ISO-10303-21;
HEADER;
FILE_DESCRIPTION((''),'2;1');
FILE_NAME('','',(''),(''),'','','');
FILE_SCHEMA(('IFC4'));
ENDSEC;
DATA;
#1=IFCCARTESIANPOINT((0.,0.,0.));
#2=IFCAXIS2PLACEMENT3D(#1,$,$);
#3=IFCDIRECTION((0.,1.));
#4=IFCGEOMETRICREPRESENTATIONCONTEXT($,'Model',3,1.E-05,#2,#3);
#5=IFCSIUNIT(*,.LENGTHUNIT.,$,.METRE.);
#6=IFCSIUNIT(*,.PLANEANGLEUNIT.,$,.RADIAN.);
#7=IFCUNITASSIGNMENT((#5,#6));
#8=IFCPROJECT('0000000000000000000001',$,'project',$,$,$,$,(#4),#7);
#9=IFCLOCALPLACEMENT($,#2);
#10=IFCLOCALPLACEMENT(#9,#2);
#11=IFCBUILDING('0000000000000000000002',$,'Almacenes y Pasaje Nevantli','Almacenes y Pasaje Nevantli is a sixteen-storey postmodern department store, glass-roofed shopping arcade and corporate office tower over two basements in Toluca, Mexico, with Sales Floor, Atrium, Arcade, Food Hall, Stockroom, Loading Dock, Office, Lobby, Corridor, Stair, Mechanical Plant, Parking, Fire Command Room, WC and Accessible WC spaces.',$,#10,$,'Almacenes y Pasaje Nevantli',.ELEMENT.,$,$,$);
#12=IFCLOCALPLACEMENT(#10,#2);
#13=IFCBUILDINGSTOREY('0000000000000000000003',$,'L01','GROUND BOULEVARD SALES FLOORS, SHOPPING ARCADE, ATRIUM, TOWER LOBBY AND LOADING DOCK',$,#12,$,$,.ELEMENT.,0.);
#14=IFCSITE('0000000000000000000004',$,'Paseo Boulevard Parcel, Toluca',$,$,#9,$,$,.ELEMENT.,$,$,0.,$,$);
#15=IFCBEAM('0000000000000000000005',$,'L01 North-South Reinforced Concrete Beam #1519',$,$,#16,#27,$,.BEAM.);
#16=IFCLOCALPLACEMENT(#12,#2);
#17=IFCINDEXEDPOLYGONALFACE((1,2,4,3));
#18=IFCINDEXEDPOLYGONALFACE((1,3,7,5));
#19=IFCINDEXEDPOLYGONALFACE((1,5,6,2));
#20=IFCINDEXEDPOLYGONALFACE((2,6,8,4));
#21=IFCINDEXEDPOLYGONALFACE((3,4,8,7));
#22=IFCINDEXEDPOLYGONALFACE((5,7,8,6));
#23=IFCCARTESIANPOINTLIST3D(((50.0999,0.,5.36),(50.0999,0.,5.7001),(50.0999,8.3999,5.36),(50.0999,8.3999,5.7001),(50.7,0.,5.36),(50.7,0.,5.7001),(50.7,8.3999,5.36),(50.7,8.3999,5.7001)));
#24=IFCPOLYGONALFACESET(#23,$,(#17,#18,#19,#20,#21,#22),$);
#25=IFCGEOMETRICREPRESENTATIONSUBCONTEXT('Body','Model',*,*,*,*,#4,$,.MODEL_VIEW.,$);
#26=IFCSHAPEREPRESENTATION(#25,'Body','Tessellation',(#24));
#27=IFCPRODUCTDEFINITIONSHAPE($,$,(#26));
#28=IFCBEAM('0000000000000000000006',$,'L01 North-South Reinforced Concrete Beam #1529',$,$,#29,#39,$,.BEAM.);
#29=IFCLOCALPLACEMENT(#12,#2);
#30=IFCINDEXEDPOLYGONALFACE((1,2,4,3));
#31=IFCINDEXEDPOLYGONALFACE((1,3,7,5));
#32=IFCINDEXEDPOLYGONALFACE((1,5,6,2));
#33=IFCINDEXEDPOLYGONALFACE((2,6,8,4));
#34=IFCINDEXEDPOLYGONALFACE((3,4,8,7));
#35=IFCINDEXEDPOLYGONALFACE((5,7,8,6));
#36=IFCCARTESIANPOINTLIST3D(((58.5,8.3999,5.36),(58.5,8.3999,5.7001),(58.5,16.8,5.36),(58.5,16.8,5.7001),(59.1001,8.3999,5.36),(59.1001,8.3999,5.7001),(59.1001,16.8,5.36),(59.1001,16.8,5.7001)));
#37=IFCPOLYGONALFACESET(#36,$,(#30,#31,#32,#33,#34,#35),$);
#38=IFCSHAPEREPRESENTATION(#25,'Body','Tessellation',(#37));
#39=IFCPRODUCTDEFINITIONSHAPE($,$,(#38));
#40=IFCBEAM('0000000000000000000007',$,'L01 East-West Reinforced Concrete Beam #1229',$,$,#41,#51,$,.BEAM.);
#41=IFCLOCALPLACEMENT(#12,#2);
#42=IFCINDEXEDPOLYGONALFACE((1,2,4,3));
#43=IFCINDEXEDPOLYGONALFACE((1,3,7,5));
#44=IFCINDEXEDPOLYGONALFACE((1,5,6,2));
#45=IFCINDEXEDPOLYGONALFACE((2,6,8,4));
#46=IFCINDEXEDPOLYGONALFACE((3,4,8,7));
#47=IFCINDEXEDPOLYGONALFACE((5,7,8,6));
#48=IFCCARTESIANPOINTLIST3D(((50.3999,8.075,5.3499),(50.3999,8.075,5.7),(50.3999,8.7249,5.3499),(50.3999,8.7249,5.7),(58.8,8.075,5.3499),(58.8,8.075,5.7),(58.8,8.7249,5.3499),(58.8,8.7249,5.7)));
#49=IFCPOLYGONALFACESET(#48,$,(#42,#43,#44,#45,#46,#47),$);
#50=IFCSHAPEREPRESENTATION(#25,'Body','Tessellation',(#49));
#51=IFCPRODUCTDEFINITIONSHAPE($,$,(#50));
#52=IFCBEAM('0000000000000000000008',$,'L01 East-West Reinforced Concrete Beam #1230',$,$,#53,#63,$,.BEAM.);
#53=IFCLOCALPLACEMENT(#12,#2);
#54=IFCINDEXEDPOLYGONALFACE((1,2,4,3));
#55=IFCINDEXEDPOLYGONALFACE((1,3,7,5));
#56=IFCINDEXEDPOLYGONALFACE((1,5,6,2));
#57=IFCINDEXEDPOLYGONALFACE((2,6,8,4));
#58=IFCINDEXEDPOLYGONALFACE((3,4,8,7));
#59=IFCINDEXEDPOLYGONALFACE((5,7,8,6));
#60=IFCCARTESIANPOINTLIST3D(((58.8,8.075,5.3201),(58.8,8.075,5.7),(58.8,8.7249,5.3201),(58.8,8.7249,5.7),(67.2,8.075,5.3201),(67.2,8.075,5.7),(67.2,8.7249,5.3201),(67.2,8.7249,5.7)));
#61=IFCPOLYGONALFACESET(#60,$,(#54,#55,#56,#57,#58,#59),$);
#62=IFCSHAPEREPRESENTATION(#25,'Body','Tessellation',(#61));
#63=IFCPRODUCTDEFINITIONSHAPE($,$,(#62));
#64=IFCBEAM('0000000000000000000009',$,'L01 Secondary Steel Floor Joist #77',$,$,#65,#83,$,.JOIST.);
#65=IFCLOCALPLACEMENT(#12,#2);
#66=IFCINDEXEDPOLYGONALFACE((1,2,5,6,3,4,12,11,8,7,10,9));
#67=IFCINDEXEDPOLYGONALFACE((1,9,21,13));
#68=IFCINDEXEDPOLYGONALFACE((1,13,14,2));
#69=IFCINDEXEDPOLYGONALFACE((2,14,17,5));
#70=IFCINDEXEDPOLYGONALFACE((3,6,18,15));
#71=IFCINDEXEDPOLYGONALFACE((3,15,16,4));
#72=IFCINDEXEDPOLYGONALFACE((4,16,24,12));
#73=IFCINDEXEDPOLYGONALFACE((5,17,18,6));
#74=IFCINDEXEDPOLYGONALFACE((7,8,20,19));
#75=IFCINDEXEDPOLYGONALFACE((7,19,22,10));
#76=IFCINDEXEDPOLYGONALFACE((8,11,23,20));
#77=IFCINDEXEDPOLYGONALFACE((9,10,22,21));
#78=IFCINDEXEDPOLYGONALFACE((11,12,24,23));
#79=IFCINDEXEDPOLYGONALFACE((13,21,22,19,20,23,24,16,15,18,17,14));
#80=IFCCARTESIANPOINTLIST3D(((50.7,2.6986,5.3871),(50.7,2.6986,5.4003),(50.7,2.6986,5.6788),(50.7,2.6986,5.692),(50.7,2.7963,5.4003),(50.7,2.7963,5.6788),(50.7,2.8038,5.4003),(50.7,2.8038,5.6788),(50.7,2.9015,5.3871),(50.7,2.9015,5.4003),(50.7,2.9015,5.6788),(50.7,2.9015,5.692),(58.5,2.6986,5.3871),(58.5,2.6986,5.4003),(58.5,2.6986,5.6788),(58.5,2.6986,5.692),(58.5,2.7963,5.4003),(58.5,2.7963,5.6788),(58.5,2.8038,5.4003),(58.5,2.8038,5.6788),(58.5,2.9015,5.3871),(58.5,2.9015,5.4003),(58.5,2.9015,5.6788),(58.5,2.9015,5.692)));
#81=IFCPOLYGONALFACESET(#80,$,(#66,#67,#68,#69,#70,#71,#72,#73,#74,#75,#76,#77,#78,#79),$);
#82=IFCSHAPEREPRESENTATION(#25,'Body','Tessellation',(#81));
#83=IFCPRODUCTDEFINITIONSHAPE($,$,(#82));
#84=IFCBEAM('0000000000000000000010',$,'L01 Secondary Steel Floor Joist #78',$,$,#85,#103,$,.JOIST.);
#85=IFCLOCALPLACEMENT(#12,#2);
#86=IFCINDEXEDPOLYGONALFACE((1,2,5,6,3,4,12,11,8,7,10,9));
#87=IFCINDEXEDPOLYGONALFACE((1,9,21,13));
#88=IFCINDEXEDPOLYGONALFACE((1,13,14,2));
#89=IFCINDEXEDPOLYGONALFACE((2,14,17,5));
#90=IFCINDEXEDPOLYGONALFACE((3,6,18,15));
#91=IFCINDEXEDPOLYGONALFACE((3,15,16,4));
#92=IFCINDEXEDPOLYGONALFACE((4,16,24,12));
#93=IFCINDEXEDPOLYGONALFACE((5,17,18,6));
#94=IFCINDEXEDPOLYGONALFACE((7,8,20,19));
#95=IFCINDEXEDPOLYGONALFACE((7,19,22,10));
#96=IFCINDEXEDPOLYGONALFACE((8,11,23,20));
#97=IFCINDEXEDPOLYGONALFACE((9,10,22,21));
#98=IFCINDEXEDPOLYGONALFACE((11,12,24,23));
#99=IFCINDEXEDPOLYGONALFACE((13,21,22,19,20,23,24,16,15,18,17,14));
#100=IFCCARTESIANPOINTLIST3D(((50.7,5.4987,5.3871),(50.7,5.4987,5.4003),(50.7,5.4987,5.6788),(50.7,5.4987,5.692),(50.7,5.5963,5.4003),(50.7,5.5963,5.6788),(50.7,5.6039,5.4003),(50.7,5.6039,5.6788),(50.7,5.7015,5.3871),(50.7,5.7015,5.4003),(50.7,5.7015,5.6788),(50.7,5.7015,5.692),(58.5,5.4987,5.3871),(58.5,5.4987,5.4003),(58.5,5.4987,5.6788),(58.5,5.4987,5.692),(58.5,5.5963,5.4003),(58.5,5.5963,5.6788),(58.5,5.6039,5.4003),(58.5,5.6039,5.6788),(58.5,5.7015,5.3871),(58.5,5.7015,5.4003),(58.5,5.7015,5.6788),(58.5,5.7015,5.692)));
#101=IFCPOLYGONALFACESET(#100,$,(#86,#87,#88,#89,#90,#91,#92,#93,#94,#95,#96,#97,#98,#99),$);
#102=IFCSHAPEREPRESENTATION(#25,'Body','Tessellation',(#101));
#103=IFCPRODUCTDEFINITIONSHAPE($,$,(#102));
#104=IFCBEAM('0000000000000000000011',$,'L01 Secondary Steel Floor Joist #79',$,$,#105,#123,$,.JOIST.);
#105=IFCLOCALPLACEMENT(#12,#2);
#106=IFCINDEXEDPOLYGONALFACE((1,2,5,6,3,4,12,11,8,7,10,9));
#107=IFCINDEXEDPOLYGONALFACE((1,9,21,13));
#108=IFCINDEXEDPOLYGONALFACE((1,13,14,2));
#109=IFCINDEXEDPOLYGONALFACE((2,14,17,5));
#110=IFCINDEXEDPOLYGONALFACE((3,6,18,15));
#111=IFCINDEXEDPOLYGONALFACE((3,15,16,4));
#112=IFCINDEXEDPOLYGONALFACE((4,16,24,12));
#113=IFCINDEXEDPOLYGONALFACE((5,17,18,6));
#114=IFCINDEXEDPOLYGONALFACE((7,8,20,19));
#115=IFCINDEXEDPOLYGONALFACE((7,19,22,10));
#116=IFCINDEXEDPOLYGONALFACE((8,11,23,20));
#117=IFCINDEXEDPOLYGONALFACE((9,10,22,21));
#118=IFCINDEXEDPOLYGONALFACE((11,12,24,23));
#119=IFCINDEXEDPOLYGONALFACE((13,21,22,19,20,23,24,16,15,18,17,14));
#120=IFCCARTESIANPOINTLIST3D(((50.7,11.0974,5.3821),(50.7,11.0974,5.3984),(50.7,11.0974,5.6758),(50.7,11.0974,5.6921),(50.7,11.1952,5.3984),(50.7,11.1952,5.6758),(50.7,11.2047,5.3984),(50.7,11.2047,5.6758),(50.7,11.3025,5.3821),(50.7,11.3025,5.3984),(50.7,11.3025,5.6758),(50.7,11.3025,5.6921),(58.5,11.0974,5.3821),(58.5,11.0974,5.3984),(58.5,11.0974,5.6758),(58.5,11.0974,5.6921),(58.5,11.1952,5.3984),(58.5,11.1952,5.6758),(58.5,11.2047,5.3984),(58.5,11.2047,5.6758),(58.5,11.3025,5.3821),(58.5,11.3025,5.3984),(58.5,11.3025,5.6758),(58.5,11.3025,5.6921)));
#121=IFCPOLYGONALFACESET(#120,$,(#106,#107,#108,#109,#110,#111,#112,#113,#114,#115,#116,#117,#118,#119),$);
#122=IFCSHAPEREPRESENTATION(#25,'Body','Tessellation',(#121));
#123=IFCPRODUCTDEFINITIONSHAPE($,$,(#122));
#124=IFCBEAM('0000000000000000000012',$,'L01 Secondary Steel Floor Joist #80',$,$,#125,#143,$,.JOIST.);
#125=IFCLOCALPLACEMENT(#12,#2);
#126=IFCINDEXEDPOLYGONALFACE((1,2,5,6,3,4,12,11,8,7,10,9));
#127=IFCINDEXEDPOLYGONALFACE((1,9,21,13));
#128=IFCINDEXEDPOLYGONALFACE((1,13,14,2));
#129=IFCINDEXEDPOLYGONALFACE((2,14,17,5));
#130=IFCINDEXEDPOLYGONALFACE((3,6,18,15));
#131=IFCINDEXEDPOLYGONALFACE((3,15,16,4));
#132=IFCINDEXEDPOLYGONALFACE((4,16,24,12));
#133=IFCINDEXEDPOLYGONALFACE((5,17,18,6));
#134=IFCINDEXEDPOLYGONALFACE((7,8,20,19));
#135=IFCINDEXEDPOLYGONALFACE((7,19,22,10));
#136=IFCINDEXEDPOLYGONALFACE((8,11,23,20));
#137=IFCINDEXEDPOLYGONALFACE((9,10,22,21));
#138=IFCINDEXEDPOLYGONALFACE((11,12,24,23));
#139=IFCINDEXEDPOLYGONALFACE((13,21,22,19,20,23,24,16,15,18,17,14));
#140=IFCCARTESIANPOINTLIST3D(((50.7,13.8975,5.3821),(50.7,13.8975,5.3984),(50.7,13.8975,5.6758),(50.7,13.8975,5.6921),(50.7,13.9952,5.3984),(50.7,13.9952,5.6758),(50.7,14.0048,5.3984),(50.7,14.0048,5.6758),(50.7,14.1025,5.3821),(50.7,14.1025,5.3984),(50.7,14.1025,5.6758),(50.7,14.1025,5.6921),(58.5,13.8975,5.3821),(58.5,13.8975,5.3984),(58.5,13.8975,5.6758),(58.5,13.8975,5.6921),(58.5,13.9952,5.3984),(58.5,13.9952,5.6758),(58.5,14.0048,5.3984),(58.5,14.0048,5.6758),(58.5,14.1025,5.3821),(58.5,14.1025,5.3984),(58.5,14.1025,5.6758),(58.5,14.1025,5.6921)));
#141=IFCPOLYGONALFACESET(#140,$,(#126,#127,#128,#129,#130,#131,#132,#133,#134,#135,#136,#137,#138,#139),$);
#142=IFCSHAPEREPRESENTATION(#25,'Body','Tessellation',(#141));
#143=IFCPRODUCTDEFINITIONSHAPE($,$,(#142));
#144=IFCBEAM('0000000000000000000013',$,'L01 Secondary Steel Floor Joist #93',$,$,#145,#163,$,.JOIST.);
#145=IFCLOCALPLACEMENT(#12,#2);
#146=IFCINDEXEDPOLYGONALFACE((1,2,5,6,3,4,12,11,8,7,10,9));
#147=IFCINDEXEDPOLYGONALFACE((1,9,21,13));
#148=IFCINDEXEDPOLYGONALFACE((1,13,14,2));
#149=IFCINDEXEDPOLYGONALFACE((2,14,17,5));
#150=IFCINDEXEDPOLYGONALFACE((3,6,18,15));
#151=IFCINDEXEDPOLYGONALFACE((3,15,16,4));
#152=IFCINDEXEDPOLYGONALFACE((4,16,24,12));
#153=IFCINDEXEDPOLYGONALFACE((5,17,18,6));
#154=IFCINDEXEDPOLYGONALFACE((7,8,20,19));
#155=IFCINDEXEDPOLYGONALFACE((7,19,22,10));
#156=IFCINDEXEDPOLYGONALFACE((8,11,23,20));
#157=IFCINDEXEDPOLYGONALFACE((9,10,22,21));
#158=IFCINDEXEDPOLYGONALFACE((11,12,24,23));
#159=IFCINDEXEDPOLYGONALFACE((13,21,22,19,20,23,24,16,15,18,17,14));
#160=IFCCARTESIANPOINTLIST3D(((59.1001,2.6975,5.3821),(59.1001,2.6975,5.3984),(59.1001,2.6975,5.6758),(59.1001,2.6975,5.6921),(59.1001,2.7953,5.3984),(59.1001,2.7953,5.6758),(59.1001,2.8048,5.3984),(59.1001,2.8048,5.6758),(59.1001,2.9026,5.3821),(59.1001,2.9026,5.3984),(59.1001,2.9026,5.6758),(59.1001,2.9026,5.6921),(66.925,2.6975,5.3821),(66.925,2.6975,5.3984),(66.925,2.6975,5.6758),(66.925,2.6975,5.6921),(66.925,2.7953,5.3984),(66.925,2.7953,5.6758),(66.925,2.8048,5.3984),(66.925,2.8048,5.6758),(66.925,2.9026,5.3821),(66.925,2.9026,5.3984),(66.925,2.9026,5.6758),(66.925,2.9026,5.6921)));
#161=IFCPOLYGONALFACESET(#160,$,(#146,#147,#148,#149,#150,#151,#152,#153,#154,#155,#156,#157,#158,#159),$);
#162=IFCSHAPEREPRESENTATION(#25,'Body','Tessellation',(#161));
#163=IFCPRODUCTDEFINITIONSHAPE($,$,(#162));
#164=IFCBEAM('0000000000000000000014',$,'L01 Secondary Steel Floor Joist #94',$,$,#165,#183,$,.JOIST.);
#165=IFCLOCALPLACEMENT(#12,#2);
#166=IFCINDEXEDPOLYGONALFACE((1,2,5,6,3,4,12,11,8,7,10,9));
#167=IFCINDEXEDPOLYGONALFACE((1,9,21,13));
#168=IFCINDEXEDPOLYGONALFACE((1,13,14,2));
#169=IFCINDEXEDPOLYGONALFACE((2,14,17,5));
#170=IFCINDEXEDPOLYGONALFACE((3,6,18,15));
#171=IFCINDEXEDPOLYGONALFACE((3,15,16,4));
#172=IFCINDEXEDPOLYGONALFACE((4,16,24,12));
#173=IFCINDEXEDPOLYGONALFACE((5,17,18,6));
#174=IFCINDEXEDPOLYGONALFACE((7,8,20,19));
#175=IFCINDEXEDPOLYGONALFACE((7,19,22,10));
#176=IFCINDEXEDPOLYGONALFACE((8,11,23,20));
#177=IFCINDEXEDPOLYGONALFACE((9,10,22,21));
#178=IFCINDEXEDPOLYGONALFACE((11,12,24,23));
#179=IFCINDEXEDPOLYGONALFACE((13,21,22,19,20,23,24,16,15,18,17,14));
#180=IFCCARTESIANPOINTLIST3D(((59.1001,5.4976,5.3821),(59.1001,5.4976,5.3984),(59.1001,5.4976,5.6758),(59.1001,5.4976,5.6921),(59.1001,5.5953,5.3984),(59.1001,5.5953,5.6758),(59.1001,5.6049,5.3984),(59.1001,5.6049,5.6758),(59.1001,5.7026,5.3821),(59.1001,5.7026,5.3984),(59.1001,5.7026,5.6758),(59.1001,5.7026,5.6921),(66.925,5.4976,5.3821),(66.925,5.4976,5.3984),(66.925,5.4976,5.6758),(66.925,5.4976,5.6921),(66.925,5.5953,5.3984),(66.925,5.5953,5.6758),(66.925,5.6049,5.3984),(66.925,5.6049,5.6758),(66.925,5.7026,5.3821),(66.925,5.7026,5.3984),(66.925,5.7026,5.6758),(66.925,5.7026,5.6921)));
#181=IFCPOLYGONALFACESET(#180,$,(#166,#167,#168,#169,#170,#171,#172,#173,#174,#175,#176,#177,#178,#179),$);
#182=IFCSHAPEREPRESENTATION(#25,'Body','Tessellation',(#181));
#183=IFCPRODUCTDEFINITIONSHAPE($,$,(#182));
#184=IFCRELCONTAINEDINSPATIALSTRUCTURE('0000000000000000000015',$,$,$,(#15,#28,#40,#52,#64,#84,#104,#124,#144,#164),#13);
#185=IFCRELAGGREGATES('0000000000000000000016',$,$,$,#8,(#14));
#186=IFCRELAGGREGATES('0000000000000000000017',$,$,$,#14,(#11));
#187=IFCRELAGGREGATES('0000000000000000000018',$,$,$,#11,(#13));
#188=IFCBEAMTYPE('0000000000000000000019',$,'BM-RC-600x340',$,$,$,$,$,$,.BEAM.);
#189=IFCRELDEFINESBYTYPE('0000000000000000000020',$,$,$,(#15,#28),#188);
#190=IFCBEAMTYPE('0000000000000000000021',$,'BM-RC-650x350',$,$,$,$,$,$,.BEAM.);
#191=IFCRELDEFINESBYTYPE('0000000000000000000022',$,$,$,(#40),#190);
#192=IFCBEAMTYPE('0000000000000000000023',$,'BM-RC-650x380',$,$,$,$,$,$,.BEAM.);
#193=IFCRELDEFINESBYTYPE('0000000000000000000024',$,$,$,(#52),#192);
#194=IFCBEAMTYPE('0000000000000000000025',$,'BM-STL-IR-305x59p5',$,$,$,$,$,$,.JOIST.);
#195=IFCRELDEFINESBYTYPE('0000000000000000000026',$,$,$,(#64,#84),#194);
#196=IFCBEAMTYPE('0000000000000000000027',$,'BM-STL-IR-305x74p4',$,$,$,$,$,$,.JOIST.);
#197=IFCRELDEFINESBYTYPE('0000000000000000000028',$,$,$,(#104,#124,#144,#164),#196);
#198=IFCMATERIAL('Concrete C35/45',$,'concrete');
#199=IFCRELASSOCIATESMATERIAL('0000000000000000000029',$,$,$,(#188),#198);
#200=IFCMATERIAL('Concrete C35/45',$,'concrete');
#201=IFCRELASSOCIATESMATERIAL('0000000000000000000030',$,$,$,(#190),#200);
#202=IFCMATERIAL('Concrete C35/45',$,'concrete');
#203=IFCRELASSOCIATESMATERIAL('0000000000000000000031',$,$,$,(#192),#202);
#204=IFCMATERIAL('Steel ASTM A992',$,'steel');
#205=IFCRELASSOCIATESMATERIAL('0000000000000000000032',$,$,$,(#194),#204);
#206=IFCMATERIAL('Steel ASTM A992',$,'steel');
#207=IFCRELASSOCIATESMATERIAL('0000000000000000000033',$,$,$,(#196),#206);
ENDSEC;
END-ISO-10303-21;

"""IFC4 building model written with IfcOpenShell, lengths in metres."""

from ifc_helpers import new_model, si_unit, direction, frame, origin, origin_2d, place, context, subcontext, project, spatial, rectangle, i_section, extrude, material, material_profile, profile_set, type_object, element, save


model = new_model("IFC4")

# Units and contexts
model_context = context("Model", 3, precision=1e-05, world=origin(), true_north=direction((0.0, 1.0)))
body_context = subcontext(model_context, "Body", "Model", "MODEL_VIEW")
ifc_project = project(units=[si_unit("LENGTHUNIT", "METRE"), si_unit("PLANEANGLEUNIT", "RADIAN")], contexts=[model_context])

# Site, building, storey
site_placement = place(None, origin())
site = spatial("IfcSite", under=ifc_project, at=site_placement, Name="Paseo Boulevard Parcel, Toluca", CompositionType="ELEMENT", RefElevation=0.0)
building_placement = place(site_placement, origin())
building = spatial("IfcBuilding", under=site, at=building_placement, Name="Almacenes y Pasaje Nevantli", Description="Almacenes y Pasaje Nevantli is a sixteen-storey postmodern department store, glass-roofed shopping arcade and corporate office tower over two basements in Toluca, Mexico, with Sales Floor, Atrium, Arcade, Food Hall, Stockroom, Loading Dock, Office, Lobby, Corridor, Stair, Mechanical Plant, Parking, Fire Command Room, WC and Accessible WC spaces.", LongName="Almacenes y Pasaje Nevantli", CompositionType="ELEMENT")
storey_placement = place(building_placement, origin())
storey = spatial("IfcBuildingStorey", under=building, at=storey_placement, Name="L01", Description="GROUND BOULEVARD SALES FLOORS, SHOPPING ARCADE, ATRIUM, TOWER LOBBY AND LOADING DOCK", CompositionType="ELEMENT", Elevation=0.0)

# Beams
ifc_material_1 = material(Name="Concrete C35/45", Category="concrete")
ifc_material_profile_1 = material_profile(ifc_material_1, rectangle(XDim=0.6001, YDim=0.3401, at=origin_2d()), Name="RC-BM-600x340")
ifc_profile_set_1 = profile_set([ifc_material_profile_1], Name="Concrete C35/45")
beam_type_1 = type_object("IfcBeamType", Name="BM-RC-600x340", PredefinedType="BEAM", material=ifc_profile_set_1)
beam_1_placement = place(storey_placement, frame((50.3999, 0.0, 5.53), z_axis=(0.0, 1.0, 0.0), x_axis=(-1.0, 0.0, 0.0)))
element("IfcBeam", 1, at=beam_1_placement, inside=storey, type_object=beam_type_1, Name="L01 North-South Reinforced Concrete Beam #1519", PredefinedType="BEAM", context=body_context, shape_type="SweptSolid", body=[
    extrude(rectangle(XDim=0.6001, YDim=0.3401, at=origin_2d()), origin(), (0.0, 0.0, 1.0), 8.3999),
])
beam_2_placement = place(storey_placement, frame((58.8, 8.3999, 5.53), z_axis=(0.0, 1.0, 0.0), x_axis=(-1.0, 0.0, 0.0)))
element("IfcBeam", 2, at=beam_2_placement, inside=storey, type_object=beam_type_1, Name="L01 North-South Reinforced Concrete Beam #1529", PredefinedType="BEAM", context=body_context, shape_type="SweptSolid", body=[
    extrude(rectangle(XDim=0.6001, YDim=0.3401, at=origin_2d()), origin(), (0.0, 0.0, 1.0), 8.4001),
])
ifc_material_2 = material(Name="Concrete C35/45", Category="concrete")
ifc_material_profile_2 = material_profile(ifc_material_2, rectangle(XDim=0.6499, YDim=0.3501, at=origin_2d()), Name="RC-BM-650x350")
ifc_profile_set_2 = profile_set([ifc_material_profile_2], Name="Concrete C35/45")
beam_type_2 = type_object("IfcBeamType", Name="BM-RC-650x350", PredefinedType="BEAM", material=ifc_profile_set_2)
beam_3_placement = place(storey_placement, frame((50.3999, 8.3999, 5.5249), z_axis=(1.0, 0.0, 0.0), x_axis=(0.0, 1.0, 0.0)))
element("IfcBeam", 3, at=beam_3_placement, inside=storey, type_object=beam_type_2, Name="L01 East-West Reinforced Concrete Beam #1229", PredefinedType="BEAM", context=body_context, shape_type="SweptSolid", body=[
    extrude(rectangle(XDim=0.6499, YDim=0.3501, at=origin_2d()), origin(), (0.0, 0.0, 1.0), 8.4001),
])
ifc_material_3 = material(Name="Concrete C35/45", Category="concrete")
ifc_material_profile_3 = material_profile(ifc_material_3, rectangle(XDim=0.6499, YDim=0.3799, at=origin_2d()), Name="RC-BM-650x380")
ifc_profile_set_3 = profile_set([ifc_material_profile_3], Name="Concrete C35/45")
beam_type_3 = type_object("IfcBeamType", Name="BM-RC-650x380", PredefinedType="BEAM", material=ifc_profile_set_3)
beam_4_placement = place(storey_placement, frame((58.8, 8.3999, 5.51), z_axis=(1.0, 0.0, 0.0), x_axis=(0.0, 1.0, 0.0)))
element("IfcBeam", 4, at=beam_4_placement, inside=storey, type_object=beam_type_3, Name="L01 East-West Reinforced Concrete Beam #1230", PredefinedType="BEAM", context=body_context, shape_type="SweptSolid", body=[
    extrude(rectangle(XDim=0.6499, YDim=0.3799, at=origin_2d()), origin(), (0.0, 0.0, 1.0), 8.3999),
])
ifc_material_4 = material(Name="Steel ASTM A992", Category="steel")
ifc_material_profile_4 = material_profile(ifc_material_4, i_section(OverallWidth=0.2029, OverallDepth=0.3049, WebThickness=0.0076, FlangeThickness=0.0132, at=origin_2d()), Name="IR 305x59.5")
ifc_profile_set_4 = profile_set([ifc_material_profile_4], Name="Steel ASTM A992")
beam_type_4 = type_object("IfcBeamType", Name="BM-STL-IR-305x59p5", PredefinedType="JOIST", material=ifc_profile_set_4)
for number, where, z_axis, x_axis, name in (
    (5, (50.7, 2.8, 5.5396), (1.0, 0.0, 0.0), (0.0, 1.0, 0.0), "L01 Secondary Steel Floor Joist #77"),
    (6, (50.7, 5.6001, 5.5396), (1.0, 0.0, 0.0), (0.0, 1.0, 0.0), "L01 Secondary Steel Floor Joist #78"),
):
    element("IfcBeam", number, at=place(storey_placement, frame(where, z_axis=z_axis, x_axis=x_axis)), inside=storey, type_object=beam_type_4, Name=name, PredefinedType="JOIST", context=body_context, shape_type="SweptSolid", body=[
        extrude(i_section(OverallWidth=0.2029, OverallDepth=0.3049, WebThickness=0.0076, FlangeThickness=0.0132, at=origin_2d()), origin(), (0.0, 0.0, 1.0), 7.8),
    ])
ifc_material_5 = material(Name="Steel ASTM A992", Category="steel")
ifc_material_profile_5 = material_profile(ifc_material_5, i_section(OverallWidth=0.2051, OverallDepth=0.3101, WebThickness=0.0095, FlangeThickness=0.0164, at=origin_2d()), Name="IR 305x74.4")
ifc_profile_set_5 = profile_set([ifc_material_profile_5], Name="Steel ASTM A992")
beam_type_5 = type_object("IfcBeamType", Name="BM-STL-IR-305x74p4", PredefinedType="JOIST", material=ifc_profile_set_5)
for number, where, z_axis, x_axis, name in (
    (7, (50.7, 11.2, 5.5371), (1.0, 0.0, 0.0), (0.0, 1.0, 0.0), "L01 Secondary Steel Floor Joist #79"),
    (8, (50.7, 14.0, 5.5371), (1.0, 0.0, 0.0), (0.0, 1.0, 0.0), "L01 Secondary Steel Floor Joist #80"),
):
    element("IfcBeam", number, at=place(storey_placement, frame(where, z_axis=z_axis, x_axis=x_axis)), inside=storey, type_object=beam_type_5, Name=name, PredefinedType="JOIST", context=body_context, shape_type="SweptSolid", body=[
        extrude(i_section(OverallWidth=0.2051, OverallDepth=0.3101, WebThickness=0.0095, FlangeThickness=0.0164, at=origin_2d()), origin(), (0.0, 0.0, 1.0), 7.8),
    ])
for number, where, z_axis, x_axis, name in (
    (9, (59.1001, 2.8, 5.5371), (1.0, 0.0, 0.0), (0.0, 1.0, 0.0), "L01 Secondary Steel Floor Joist #93"),
    (10, (59.1001, 5.6001, 5.5371), (1.0, 0.0, 0.0), (0.0, 1.0, 0.0), "L01 Secondary Steel Floor Joist #94"),
):
    element("IfcBeam", number, at=place(storey_placement, frame(where, z_axis=z_axis, x_axis=x_axis)), inside=storey, type_object=beam_type_5, Name=name, PredefinedType="JOIST", context=body_context, shape_type="SweptSolid", body=[
        extrude(i_section(OverallWidth=0.2051, OverallDepth=0.3101, WebThickness=0.0095, FlangeThickness=0.0164, at=origin_2d()), origin(), (0.0, 0.0, 1.0), 7.825),
    ])

save(model, "model.ifc")
